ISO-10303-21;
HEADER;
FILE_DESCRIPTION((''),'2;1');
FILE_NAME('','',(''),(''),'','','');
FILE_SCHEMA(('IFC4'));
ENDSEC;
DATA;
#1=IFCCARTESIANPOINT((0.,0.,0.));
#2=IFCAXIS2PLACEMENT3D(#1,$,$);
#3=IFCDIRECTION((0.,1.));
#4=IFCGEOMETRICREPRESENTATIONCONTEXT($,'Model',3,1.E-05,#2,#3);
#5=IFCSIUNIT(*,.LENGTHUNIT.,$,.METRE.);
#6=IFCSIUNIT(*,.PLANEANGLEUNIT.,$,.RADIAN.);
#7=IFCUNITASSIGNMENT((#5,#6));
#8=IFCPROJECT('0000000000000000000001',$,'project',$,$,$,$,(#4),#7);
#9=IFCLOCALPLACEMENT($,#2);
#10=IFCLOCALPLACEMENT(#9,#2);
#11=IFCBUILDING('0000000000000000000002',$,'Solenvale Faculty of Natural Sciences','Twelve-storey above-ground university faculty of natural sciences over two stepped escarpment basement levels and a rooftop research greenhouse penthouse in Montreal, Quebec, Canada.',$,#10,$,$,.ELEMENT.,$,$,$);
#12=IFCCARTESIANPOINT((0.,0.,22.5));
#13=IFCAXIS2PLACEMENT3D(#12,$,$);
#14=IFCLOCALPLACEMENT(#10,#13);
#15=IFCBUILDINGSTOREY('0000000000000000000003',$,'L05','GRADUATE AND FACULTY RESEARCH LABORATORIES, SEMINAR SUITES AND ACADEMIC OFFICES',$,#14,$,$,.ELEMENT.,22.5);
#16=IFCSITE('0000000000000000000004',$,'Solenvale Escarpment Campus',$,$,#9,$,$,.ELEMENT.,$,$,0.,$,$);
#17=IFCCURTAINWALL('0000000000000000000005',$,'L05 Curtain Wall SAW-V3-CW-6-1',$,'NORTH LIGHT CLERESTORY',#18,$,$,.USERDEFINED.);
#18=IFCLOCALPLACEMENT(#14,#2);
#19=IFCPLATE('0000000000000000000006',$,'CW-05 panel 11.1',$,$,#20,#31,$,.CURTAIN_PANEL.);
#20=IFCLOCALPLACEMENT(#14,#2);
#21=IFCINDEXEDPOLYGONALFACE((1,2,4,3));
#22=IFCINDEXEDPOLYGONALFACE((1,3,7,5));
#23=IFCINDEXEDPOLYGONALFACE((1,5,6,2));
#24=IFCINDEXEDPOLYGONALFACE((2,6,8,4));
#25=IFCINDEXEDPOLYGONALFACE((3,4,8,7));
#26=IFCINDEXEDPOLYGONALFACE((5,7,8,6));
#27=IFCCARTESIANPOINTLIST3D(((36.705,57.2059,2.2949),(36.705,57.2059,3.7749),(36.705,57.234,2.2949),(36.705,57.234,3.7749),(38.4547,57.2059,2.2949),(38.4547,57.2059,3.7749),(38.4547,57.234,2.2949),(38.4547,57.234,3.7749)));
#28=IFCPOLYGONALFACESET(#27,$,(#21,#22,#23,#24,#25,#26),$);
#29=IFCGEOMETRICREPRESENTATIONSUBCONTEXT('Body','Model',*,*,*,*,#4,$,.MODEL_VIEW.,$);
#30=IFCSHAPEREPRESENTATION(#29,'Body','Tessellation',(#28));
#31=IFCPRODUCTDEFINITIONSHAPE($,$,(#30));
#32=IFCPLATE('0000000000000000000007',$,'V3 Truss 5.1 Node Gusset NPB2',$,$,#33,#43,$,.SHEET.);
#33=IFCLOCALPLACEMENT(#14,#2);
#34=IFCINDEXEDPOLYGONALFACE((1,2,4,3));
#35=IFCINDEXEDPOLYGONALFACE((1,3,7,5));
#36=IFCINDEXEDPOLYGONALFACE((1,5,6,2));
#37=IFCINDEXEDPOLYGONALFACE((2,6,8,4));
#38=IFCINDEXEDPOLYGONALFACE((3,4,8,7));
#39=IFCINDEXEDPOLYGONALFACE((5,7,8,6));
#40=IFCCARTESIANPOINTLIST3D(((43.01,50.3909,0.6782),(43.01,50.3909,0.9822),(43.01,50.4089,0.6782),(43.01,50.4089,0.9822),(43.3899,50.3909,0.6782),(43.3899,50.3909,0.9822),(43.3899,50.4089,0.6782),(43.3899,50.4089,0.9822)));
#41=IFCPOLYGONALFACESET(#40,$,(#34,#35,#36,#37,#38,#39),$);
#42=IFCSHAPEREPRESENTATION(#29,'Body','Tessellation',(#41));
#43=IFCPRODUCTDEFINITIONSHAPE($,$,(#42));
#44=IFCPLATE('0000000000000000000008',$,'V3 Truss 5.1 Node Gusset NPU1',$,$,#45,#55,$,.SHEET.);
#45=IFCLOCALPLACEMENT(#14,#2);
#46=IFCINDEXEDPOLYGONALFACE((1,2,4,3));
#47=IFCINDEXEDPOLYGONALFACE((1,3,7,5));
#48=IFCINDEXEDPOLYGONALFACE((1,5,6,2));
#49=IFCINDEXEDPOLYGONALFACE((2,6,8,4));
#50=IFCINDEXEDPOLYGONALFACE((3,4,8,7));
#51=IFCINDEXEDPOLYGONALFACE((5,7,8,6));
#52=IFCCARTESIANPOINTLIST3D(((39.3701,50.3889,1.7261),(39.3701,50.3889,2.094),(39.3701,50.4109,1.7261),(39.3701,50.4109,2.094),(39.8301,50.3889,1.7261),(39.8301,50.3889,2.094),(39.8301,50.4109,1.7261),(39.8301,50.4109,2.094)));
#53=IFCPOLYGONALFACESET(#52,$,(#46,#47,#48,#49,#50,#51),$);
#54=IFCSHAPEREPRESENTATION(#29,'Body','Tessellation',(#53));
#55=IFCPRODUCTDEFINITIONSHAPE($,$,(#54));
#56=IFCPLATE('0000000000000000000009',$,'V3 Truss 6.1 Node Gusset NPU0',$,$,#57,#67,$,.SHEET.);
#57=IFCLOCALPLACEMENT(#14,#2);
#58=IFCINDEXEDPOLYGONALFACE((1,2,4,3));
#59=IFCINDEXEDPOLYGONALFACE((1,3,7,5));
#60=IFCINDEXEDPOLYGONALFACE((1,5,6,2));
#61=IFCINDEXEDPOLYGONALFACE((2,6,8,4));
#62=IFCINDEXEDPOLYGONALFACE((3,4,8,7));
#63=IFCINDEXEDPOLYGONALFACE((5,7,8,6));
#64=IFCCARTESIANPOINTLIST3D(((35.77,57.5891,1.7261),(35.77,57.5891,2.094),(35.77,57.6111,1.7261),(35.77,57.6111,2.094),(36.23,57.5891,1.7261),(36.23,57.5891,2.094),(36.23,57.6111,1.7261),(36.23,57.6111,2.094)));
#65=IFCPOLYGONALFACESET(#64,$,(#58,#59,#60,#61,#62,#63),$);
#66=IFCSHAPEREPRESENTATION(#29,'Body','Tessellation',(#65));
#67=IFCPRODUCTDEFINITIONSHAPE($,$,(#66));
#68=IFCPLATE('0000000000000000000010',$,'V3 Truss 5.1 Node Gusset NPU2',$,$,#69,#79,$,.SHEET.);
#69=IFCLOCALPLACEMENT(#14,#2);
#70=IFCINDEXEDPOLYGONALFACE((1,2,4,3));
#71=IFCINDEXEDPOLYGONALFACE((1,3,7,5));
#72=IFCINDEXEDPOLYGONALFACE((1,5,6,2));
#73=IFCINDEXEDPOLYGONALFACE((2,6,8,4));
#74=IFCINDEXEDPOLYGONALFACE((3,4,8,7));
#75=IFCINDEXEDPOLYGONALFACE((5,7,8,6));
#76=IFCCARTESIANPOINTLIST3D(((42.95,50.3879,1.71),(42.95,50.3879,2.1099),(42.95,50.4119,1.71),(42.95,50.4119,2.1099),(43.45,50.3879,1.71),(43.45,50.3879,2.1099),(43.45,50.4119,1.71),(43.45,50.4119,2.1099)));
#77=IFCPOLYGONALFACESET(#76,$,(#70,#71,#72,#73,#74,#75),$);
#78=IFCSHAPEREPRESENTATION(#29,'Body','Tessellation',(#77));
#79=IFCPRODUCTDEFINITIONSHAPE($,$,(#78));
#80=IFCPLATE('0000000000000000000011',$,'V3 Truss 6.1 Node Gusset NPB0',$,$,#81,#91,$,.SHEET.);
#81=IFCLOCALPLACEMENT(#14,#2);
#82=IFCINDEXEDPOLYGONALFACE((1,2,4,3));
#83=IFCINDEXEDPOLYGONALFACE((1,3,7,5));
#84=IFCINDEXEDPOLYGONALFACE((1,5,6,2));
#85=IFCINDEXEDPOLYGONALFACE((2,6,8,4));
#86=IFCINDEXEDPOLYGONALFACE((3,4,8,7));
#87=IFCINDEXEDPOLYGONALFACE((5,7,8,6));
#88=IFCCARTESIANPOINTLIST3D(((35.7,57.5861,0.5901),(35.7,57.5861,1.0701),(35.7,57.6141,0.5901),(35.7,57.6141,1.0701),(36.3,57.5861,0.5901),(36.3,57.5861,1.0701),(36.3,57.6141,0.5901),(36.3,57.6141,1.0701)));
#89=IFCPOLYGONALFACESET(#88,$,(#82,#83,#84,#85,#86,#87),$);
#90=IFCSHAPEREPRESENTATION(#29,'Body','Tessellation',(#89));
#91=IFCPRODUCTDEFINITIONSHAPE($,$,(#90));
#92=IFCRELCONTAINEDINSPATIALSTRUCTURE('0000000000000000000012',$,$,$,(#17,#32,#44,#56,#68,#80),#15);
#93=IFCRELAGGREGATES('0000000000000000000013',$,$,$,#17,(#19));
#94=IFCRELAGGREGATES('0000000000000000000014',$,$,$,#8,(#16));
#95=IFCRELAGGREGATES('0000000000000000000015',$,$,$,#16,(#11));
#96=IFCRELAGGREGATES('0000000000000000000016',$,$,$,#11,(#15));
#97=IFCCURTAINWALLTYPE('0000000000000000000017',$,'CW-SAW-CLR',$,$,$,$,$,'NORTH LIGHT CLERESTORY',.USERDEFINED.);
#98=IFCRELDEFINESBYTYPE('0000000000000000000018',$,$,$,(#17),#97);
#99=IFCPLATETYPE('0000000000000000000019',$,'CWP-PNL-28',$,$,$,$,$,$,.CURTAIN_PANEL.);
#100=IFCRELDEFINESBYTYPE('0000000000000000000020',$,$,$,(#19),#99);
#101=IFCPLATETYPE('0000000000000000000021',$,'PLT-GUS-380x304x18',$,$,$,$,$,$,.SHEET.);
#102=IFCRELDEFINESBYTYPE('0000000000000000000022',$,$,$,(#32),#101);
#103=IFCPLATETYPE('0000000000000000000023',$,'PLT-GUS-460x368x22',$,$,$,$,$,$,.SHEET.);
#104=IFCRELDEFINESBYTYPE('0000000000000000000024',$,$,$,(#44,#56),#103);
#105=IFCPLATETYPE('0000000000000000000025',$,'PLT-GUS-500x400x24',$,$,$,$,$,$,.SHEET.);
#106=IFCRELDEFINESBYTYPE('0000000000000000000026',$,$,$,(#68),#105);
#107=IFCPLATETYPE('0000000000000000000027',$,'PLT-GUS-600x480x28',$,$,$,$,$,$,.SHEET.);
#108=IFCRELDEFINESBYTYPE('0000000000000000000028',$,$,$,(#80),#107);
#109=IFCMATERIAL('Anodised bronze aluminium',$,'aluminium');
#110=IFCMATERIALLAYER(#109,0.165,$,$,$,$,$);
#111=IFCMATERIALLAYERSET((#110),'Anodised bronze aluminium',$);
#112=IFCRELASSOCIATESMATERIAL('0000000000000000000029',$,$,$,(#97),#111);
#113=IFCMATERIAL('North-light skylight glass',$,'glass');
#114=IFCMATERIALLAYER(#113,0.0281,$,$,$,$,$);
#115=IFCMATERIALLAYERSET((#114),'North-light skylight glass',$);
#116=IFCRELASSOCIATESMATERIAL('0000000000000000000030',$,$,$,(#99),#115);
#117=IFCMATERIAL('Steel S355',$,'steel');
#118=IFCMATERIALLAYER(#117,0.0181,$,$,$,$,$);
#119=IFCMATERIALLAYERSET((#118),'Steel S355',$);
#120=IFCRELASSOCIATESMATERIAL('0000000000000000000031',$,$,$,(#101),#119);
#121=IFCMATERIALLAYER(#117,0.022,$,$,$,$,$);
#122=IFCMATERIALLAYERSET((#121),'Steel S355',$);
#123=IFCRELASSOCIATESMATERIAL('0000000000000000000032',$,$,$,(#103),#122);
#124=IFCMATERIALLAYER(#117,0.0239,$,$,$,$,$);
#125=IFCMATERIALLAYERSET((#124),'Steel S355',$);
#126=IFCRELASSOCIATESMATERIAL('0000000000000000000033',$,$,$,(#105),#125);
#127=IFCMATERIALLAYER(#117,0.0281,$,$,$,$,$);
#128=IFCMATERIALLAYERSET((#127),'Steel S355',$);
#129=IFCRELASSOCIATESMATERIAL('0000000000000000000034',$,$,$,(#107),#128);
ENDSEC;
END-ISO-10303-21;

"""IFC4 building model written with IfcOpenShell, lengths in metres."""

from ifc_helpers import new_model, si_unit, direction, frame, origin, origin_2d, place, context, subcontext, project, spatial, rectangle, extrude, material, layer, layer_set, type_object, element, aggregate, save


model = new_model("IFC4")

# Units and contexts
model_context = context("Model", 3, precision=1e-05, world=origin(), true_north=direction((0.0, 1.0)))
body_context = subcontext(model_context, "Body", "Model", "MODEL_VIEW")
ifc_project = project(units=[si_unit("LENGTHUNIT", "METRE"), si_unit("PLANEANGLEUNIT", "RADIAN")], contexts=[model_context])

# Site, building, storey
site_placement = place(None, origin())
site = spatial("IfcSite", under=ifc_project, at=site_placement, Name="Solenvale Escarpment Campus", CompositionType="ELEMENT", RefElevation=0.0)
building_placement = place(site_placement, origin())
building = spatial("IfcBuilding", under=site, at=building_placement, Name="Solenvale Faculty of Natural Sciences", Description="Twelve-storey above-ground university faculty of natural sciences over two stepped escarpment basement levels and a rooftop research greenhouse penthouse in Montreal, Quebec, Canada.", CompositionType="ELEMENT")
storey_placement = place(building_placement, frame((0.0, 0.0, 22.5)))
storey = spatial("IfcBuildingStorey", under=building, at=storey_placement, Name="L05", Description="GRADUATE AND FACULTY RESEARCH LABORATORIES, SEMINAR SUITES AND ACADEMIC OFFICES", CompositionType="ELEMENT", Elevation=22.5)

# Shared definitions
ifc_material_1 = material(Name="Steel S355", Category="steel")

# Curtain wall
ifc_material_2 = material(Name="Anodised bronze aluminium", Category="aluminium")
ifc_layer_1 = layer(ifc_material_2, 0.165)
ifc_layer_set_1 = layer_set([ifc_layer_1], Name="Anodised bronze aluminium")
curtain_wall_type = type_object("IfcCurtainWallType", Name="CW-SAW-CLR", ElementType="NORTH LIGHT CLERESTORY", PredefinedType="USERDEFINED", material=ifc_layer_set_1)
curtain_wall_placement = place(storey_placement, origin())
curtain_wall = element("IfcCurtainWall", 1, at=curtain_wall_placement, inside=storey, type_object=curtain_wall_type, Name="L05 Curtain Wall SAW-V3-CW-6-1", ObjectType="NORTH LIGHT CLERESTORY", PredefinedType="USERDEFINED")

# Plate
ifc_material_3 = material(Name="North-light skylight glass", Category="glass")
ifc_layer_2 = layer(ifc_material_3, 0.0281)
ifc_layer_set_2 = layer_set([ifc_layer_2], Name="North-light skylight glass")
plate_type_1 = type_object("IfcPlateType", Name="CWP-PNL-28", PredefinedType="CURTAIN_PANEL", material=ifc_layer_set_2)
plate_1_placement = place(storey_placement, frame((37.5798, 57.22, 2.2949), z_axis=(0.0, 0.0, 1.0), x_axis=(-1.0, 0.0, 0.0)))
plate_1 = element("IfcPlate", 2, at=plate_1_placement, type_object=plate_type_1, Name="CW-05 panel 11.1", PredefinedType="CURTAIN_PANEL", context=body_context, shape_type="SweptSolid", body=[
    extrude(rectangle(XDim=1.7498, YDim=0.0281, at=origin_2d()), origin(), (0.0, 0.0, 1.0), 1.48),
])
aggregate(curtain_wall, [plate_1])

# Plates
ifc_layer_3 = layer(ifc_material_1, 0.0181)
ifc_layer_set_3 = layer_set([ifc_layer_3], Name="Steel S355")
plate_type_2 = type_object("IfcPlateType", Name="PLT-GUS-380x304x18", PredefinedType="SHEET", material=ifc_layer_set_3)
plate_2_placement = place(storey_placement, frame((43.2, 50.3999, 0.6782), z_axis=(0.0, 0.0, 1.0), x_axis=(1.0, 0.0, 0.0)))
element("IfcPlate", 3, at=plate_2_placement, inside=storey, type_object=plate_type_2, Name="V3 Truss 5.1 Node Gusset NPB2", PredefinedType="SHEET", context=body_context, shape_type="SweptSolid", body=[
    extrude(rectangle(XDim=0.3799, YDim=0.0181, at=origin_2d()), origin(), (0.0, 0.0, 1.0), 0.304),
])
ifc_layer_4 = layer(ifc_material_1, 0.022)
ifc_layer_set_4 = layer_set([ifc_layer_4], Name="Steel S355")
plate_type_3 = type_object("IfcPlateType", Name="PLT-GUS-460x368x22", PredefinedType="SHEET", material=ifc_layer_set_4)
for number, where, z_axis, x_axis, name in (
    (4, (39.6001, 50.3999, 1.7261), (0.0, 0.0, 1.0), (1.0, 0.0, 0.0), "V3 Truss 5.1 Node Gusset NPU1"),
    (5, (36.0, 57.6001, 1.7261), (0.0, 0.0, 1.0), (1.0, 0.0, 0.0), "V3 Truss 6.1 Node Gusset NPU0"),
):
    element("IfcPlate", number, at=place(storey_placement, frame(where, z_axis=z_axis, x_axis=x_axis)), inside=storey, type_object=plate_type_3, Name=name, PredefinedType="SHEET", context=body_context, shape_type="SweptSolid", body=[
        extrude(rectangle(XDim=0.46, YDim=0.022, at=origin_2d()), origin(), (0.0, 0.0, 1.0), 0.3679),
    ])
ifc_layer_5 = layer(ifc_material_1, 0.0239)
ifc_layer_set_5 = layer_set([ifc_layer_5], Name="Steel S355")
plate_type_4 = type_object("IfcPlateType", Name="PLT-GUS-500x400x24", PredefinedType="SHEET", material=ifc_layer_set_5)
plate_3_placement = place(storey_placement, frame((43.2, 50.3999, 1.71), z_axis=(0.0, 0.0, 1.0), x_axis=(1.0, 0.0, 0.0)))
element("IfcPlate", 6, at=plate_3_placement, inside=storey, type_object=plate_type_4, Name="V3 Truss 5.1 Node Gusset NPU2", PredefinedType="SHEET", context=body_context, shape_type="SweptSolid", body=[
    extrude(rectangle(XDim=0.5, YDim=0.0239, at=origin_2d()), origin(), (0.0, 0.0, 1.0), 0.3999),
])
ifc_layer_6 = layer(ifc_material_1, 0.0281)
ifc_layer_set_6 = layer_set([ifc_layer_6], Name="Steel S355")
plate_type_5 = type_object("IfcPlateType", Name="PLT-GUS-600x480x28", PredefinedType="SHEET", material=ifc_layer_set_6)
plate_4_placement = place(storey_placement, frame((36.0, 57.6001, 0.5901), z_axis=(0.0, 0.0, 1.0), x_axis=(1.0, 0.0, 0.0)))
element("IfcPlate", 7, at=plate_4_placement, inside=storey, type_object=plate_type_5, Name="V3 Truss 6.1 Node Gusset NPB0", PredefinedType="SHEET", context=body_context, shape_type="SweptSolid", body=[
    extrude(rectangle(XDim=0.6001, YDim=0.0281, at=origin_2d()), origin(), (0.0, 0.0, 1.0), 0.48),
])

save(model, "model.ifc")
